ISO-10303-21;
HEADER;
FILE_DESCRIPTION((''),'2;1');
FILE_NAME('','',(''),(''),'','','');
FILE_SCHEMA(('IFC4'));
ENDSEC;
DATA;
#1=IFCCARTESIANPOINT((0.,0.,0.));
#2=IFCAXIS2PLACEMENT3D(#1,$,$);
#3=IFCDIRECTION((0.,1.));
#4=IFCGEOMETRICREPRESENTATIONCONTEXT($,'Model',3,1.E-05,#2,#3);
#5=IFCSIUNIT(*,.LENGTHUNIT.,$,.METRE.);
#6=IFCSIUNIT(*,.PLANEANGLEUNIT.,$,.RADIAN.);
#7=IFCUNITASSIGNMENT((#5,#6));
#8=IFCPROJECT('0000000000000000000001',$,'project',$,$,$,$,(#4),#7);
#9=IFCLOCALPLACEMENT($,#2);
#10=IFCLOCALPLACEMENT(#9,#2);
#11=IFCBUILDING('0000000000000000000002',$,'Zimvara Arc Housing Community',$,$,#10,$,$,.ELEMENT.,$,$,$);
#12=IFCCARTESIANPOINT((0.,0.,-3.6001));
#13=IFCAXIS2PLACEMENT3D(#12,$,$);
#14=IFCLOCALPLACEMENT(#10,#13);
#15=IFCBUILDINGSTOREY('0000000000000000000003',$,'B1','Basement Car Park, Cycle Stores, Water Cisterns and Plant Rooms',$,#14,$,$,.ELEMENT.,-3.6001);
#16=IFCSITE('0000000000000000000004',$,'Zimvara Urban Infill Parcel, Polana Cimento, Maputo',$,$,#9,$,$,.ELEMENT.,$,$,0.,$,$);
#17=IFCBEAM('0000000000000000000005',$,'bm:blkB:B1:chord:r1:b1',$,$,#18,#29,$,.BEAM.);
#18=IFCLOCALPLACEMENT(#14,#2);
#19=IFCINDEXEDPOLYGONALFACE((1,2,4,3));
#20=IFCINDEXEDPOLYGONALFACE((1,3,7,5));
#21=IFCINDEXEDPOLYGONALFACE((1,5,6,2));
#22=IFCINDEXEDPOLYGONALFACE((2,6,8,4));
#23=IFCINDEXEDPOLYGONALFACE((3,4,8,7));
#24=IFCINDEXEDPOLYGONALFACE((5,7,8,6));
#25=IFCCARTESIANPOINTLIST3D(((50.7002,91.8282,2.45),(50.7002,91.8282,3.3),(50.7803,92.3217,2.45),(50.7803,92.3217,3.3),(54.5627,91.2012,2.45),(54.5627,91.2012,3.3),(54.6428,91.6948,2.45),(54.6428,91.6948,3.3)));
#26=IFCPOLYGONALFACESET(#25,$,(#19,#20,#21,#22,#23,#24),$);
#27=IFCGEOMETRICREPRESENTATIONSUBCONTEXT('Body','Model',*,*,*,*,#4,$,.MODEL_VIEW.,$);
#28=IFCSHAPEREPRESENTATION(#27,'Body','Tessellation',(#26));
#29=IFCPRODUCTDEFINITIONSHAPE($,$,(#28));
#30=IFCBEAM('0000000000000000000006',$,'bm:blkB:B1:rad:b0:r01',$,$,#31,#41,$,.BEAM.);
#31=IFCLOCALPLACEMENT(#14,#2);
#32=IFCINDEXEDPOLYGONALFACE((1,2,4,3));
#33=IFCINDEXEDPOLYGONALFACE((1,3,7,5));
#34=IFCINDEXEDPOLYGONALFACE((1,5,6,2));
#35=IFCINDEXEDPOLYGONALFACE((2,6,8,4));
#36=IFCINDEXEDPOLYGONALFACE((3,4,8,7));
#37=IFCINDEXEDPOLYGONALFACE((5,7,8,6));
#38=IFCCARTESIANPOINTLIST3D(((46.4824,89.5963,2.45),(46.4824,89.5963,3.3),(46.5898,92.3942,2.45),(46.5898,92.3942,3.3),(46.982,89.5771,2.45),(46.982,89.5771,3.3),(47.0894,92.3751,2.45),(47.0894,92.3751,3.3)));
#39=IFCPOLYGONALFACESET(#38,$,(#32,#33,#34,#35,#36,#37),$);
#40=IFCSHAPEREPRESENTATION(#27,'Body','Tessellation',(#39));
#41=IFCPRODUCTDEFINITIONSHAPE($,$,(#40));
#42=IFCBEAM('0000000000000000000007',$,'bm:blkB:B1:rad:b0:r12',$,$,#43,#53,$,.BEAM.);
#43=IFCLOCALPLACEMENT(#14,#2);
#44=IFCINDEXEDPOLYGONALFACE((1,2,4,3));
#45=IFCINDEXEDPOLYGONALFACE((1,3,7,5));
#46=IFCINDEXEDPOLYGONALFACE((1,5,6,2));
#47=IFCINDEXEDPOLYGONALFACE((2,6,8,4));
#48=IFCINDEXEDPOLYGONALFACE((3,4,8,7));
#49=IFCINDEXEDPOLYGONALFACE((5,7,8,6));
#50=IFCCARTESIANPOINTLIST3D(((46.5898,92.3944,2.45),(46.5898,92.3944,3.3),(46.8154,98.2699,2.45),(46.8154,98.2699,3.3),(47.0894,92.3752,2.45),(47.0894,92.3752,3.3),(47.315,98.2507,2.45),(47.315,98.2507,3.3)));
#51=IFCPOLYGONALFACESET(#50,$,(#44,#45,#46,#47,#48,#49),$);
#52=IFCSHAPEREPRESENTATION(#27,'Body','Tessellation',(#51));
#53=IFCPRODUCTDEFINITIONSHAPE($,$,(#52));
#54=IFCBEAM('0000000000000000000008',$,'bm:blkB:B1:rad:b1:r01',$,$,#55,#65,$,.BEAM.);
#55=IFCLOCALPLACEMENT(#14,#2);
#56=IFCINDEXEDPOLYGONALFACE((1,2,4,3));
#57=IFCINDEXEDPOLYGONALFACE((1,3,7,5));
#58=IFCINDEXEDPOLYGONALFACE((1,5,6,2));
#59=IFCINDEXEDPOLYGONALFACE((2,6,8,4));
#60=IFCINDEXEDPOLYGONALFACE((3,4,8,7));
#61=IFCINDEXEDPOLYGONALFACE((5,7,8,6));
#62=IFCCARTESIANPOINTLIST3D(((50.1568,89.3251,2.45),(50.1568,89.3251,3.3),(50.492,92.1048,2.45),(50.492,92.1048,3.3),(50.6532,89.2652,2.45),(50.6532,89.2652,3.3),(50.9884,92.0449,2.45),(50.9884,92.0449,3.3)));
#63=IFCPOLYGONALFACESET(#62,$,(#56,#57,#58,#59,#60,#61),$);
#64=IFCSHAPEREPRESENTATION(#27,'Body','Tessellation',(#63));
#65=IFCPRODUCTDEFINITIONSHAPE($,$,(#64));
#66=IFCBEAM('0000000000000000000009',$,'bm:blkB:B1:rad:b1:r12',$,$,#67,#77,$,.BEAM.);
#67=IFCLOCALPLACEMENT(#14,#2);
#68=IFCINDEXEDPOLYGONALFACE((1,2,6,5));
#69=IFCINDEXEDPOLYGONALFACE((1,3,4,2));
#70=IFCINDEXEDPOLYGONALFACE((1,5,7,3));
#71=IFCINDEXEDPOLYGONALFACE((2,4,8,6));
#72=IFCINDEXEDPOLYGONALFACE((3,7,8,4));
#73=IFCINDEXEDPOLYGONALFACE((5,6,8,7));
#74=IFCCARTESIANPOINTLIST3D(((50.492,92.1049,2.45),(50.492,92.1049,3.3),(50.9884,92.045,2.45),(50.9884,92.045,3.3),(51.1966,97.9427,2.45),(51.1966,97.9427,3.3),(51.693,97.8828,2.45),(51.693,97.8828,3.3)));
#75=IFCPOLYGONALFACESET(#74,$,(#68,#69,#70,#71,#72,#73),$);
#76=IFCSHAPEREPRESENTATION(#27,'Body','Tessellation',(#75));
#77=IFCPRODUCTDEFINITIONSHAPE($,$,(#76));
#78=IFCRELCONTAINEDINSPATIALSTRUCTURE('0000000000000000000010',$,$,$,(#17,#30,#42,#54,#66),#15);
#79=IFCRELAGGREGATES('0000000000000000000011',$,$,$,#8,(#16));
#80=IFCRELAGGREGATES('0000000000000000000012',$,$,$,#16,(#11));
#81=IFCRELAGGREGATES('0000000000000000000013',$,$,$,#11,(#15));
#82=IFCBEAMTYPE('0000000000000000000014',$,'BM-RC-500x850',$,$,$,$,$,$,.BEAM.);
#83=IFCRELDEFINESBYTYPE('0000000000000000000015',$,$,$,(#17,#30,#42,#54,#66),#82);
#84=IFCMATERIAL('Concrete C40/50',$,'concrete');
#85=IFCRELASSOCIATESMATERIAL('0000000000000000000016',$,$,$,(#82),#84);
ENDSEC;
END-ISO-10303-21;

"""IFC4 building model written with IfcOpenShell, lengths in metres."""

from ifc_helpers import new_model, si_unit, direction, frame, origin, origin_2d, place, context, subcontext, project, spatial, rectangle, extrude, material, material_profile, profile_set, type_object, element, save


model = new_model("IFC4")

# Units and contexts
model_context = context("Model", 3, precision=1e-05, world=origin(), true_north=direction((0.0, 1.0)))
body_context = subcontext(model_context, "Body", "Model", "MODEL_VIEW")
ifc_project = project(units=[si_unit("LENGTHUNIT", "METRE"), si_unit("PLANEANGLEUNIT", "RADIAN")], contexts=[model_context])

# Site, building, storey
site_placement = place(None, origin())
site = spatial("IfcSite", under=ifc_project, at=site_placement, Name="Zimvara Urban Infill Parcel, Polana Cimento, Maputo", CompositionType="ELEMENT", RefElevation=0.0)
building_placement = place(site_placement, origin())
building = spatial("IfcBuilding", under=site, at=building_placement, Name="Zimvara Arc Housing Community", CompositionType="ELEMENT")
storey_placement = place(building_placement, frame((0.0, 0.0, -3.6001)))
storey = spatial("IfcBuildingStorey", under=building, at=storey_placement, Name="B1", Description="Basement Car Park, Cycle Stores, Water Cisterns and Plant Rooms", CompositionType="ELEMENT", Elevation=-3.6001)

# Beams
ifc_material_1 = material(Name="Concrete C40/50", Category="concrete")
ifc_material_profile_1 = material_profile(ifc_material_1, rectangle(XDim=0.5, YDim=0.8501, at=origin_2d()), Name="RC 500x850")
ifc_profile_set_1 = profile_set([ifc_material_profile_1], Name="Concrete C40/50")
beam_type = type_object("IfcBeamType", Name="BM-RC-500x850", PredefinedType="BEAM", material=ifc_profile_set_1)
beam_1_placement = place(storey_placement, frame((50.7402, 92.075, 2.875), z_axis=(0.987081, -0.160219, 0.0), x_axis=(0.160219, 0.987081, 0.0)))
element("IfcBeam", 1, at=beam_1_placement, inside=storey, type_object=beam_type, Name="bm:blkB:B1:chord:r1:b1", PredefinedType="BEAM", context=body_context, shape_type="SweptSolid", body=[
    extrude(rectangle(XDim=0.5, YDim=0.8501, at=origin_2d()), origin(), (0.0, 0.0, 1.0), 3.9131),
])
beam_2_placement = place(storey_placement, frame((46.7322, 89.5867, 2.875), z_axis=(0.038363, 0.999264, 0.0), x_axis=(-0.999264, 0.038363, 0.0)))
element("IfcBeam", 2, at=beam_2_placement, inside=storey, type_object=beam_type, Name="bm:blkB:B1:rad:b0:r01", PredefinedType="BEAM", context=body_context, shape_type="SweptSolid", body=[
    extrude(rectangle(XDim=0.5, YDim=0.8501, at=origin_2d()), origin(), (0.0, 0.0, 1.0), 2.8),
])
beam_3_placement = place(storey_placement, frame((46.8396, 92.3848, 2.875), z_axis=(0.038366, 0.999264, 0.0), x_axis=(-0.999264, 0.038366, 0.0)))
element("IfcBeam", 3, at=beam_3_placement, inside=storey, type_object=beam_type, Name="bm:blkB:B1:rad:b0:r12", PredefinedType="BEAM", context=body_context, shape_type="SweptSolid", body=[
    extrude(rectangle(XDim=0.5, YDim=0.8501, at=origin_2d()), origin(), (0.0, 0.0, 1.0), 5.8799),
])
beam_4_placement = place(storey_placement, frame((50.405, 89.2952, 2.875), z_axis=(0.119719, 0.992808, 0.0), x_axis=(-0.992808, 0.119719, 0.0)))
element("IfcBeam", 4, at=beam_4_placement, inside=storey, type_object=beam_type, Name="bm:blkB:B1:rad:b1:r01", PredefinedType="BEAM", context=body_context, shape_type="SweptSolid", body=[
    extrude(rectangle(XDim=0.5, YDim=0.8501, at=origin_2d()), origin(), (0.0, 0.0, 1.0), 2.7998),
])
beam_5_placement = place(storey_placement, frame((50.7402, 92.075, 2.875), z_axis=(0.119828, 0.992795, 0.0), x_axis=(-0.992795, 0.119828, 0.0)))
element("IfcBeam", 5, at=beam_5_placement, inside=storey, type_object=beam_type, Name="bm:blkB:B1:rad:b1:r12", PredefinedType="BEAM", context=body_context, shape_type="SweptSolid", body=[
    extrude(rectangle(XDim=0.5, YDim=0.8501, at=origin_2d()), origin(), (0.0, 0.0, 1.0), 5.8801),
])

save(model, "model.ifc")
